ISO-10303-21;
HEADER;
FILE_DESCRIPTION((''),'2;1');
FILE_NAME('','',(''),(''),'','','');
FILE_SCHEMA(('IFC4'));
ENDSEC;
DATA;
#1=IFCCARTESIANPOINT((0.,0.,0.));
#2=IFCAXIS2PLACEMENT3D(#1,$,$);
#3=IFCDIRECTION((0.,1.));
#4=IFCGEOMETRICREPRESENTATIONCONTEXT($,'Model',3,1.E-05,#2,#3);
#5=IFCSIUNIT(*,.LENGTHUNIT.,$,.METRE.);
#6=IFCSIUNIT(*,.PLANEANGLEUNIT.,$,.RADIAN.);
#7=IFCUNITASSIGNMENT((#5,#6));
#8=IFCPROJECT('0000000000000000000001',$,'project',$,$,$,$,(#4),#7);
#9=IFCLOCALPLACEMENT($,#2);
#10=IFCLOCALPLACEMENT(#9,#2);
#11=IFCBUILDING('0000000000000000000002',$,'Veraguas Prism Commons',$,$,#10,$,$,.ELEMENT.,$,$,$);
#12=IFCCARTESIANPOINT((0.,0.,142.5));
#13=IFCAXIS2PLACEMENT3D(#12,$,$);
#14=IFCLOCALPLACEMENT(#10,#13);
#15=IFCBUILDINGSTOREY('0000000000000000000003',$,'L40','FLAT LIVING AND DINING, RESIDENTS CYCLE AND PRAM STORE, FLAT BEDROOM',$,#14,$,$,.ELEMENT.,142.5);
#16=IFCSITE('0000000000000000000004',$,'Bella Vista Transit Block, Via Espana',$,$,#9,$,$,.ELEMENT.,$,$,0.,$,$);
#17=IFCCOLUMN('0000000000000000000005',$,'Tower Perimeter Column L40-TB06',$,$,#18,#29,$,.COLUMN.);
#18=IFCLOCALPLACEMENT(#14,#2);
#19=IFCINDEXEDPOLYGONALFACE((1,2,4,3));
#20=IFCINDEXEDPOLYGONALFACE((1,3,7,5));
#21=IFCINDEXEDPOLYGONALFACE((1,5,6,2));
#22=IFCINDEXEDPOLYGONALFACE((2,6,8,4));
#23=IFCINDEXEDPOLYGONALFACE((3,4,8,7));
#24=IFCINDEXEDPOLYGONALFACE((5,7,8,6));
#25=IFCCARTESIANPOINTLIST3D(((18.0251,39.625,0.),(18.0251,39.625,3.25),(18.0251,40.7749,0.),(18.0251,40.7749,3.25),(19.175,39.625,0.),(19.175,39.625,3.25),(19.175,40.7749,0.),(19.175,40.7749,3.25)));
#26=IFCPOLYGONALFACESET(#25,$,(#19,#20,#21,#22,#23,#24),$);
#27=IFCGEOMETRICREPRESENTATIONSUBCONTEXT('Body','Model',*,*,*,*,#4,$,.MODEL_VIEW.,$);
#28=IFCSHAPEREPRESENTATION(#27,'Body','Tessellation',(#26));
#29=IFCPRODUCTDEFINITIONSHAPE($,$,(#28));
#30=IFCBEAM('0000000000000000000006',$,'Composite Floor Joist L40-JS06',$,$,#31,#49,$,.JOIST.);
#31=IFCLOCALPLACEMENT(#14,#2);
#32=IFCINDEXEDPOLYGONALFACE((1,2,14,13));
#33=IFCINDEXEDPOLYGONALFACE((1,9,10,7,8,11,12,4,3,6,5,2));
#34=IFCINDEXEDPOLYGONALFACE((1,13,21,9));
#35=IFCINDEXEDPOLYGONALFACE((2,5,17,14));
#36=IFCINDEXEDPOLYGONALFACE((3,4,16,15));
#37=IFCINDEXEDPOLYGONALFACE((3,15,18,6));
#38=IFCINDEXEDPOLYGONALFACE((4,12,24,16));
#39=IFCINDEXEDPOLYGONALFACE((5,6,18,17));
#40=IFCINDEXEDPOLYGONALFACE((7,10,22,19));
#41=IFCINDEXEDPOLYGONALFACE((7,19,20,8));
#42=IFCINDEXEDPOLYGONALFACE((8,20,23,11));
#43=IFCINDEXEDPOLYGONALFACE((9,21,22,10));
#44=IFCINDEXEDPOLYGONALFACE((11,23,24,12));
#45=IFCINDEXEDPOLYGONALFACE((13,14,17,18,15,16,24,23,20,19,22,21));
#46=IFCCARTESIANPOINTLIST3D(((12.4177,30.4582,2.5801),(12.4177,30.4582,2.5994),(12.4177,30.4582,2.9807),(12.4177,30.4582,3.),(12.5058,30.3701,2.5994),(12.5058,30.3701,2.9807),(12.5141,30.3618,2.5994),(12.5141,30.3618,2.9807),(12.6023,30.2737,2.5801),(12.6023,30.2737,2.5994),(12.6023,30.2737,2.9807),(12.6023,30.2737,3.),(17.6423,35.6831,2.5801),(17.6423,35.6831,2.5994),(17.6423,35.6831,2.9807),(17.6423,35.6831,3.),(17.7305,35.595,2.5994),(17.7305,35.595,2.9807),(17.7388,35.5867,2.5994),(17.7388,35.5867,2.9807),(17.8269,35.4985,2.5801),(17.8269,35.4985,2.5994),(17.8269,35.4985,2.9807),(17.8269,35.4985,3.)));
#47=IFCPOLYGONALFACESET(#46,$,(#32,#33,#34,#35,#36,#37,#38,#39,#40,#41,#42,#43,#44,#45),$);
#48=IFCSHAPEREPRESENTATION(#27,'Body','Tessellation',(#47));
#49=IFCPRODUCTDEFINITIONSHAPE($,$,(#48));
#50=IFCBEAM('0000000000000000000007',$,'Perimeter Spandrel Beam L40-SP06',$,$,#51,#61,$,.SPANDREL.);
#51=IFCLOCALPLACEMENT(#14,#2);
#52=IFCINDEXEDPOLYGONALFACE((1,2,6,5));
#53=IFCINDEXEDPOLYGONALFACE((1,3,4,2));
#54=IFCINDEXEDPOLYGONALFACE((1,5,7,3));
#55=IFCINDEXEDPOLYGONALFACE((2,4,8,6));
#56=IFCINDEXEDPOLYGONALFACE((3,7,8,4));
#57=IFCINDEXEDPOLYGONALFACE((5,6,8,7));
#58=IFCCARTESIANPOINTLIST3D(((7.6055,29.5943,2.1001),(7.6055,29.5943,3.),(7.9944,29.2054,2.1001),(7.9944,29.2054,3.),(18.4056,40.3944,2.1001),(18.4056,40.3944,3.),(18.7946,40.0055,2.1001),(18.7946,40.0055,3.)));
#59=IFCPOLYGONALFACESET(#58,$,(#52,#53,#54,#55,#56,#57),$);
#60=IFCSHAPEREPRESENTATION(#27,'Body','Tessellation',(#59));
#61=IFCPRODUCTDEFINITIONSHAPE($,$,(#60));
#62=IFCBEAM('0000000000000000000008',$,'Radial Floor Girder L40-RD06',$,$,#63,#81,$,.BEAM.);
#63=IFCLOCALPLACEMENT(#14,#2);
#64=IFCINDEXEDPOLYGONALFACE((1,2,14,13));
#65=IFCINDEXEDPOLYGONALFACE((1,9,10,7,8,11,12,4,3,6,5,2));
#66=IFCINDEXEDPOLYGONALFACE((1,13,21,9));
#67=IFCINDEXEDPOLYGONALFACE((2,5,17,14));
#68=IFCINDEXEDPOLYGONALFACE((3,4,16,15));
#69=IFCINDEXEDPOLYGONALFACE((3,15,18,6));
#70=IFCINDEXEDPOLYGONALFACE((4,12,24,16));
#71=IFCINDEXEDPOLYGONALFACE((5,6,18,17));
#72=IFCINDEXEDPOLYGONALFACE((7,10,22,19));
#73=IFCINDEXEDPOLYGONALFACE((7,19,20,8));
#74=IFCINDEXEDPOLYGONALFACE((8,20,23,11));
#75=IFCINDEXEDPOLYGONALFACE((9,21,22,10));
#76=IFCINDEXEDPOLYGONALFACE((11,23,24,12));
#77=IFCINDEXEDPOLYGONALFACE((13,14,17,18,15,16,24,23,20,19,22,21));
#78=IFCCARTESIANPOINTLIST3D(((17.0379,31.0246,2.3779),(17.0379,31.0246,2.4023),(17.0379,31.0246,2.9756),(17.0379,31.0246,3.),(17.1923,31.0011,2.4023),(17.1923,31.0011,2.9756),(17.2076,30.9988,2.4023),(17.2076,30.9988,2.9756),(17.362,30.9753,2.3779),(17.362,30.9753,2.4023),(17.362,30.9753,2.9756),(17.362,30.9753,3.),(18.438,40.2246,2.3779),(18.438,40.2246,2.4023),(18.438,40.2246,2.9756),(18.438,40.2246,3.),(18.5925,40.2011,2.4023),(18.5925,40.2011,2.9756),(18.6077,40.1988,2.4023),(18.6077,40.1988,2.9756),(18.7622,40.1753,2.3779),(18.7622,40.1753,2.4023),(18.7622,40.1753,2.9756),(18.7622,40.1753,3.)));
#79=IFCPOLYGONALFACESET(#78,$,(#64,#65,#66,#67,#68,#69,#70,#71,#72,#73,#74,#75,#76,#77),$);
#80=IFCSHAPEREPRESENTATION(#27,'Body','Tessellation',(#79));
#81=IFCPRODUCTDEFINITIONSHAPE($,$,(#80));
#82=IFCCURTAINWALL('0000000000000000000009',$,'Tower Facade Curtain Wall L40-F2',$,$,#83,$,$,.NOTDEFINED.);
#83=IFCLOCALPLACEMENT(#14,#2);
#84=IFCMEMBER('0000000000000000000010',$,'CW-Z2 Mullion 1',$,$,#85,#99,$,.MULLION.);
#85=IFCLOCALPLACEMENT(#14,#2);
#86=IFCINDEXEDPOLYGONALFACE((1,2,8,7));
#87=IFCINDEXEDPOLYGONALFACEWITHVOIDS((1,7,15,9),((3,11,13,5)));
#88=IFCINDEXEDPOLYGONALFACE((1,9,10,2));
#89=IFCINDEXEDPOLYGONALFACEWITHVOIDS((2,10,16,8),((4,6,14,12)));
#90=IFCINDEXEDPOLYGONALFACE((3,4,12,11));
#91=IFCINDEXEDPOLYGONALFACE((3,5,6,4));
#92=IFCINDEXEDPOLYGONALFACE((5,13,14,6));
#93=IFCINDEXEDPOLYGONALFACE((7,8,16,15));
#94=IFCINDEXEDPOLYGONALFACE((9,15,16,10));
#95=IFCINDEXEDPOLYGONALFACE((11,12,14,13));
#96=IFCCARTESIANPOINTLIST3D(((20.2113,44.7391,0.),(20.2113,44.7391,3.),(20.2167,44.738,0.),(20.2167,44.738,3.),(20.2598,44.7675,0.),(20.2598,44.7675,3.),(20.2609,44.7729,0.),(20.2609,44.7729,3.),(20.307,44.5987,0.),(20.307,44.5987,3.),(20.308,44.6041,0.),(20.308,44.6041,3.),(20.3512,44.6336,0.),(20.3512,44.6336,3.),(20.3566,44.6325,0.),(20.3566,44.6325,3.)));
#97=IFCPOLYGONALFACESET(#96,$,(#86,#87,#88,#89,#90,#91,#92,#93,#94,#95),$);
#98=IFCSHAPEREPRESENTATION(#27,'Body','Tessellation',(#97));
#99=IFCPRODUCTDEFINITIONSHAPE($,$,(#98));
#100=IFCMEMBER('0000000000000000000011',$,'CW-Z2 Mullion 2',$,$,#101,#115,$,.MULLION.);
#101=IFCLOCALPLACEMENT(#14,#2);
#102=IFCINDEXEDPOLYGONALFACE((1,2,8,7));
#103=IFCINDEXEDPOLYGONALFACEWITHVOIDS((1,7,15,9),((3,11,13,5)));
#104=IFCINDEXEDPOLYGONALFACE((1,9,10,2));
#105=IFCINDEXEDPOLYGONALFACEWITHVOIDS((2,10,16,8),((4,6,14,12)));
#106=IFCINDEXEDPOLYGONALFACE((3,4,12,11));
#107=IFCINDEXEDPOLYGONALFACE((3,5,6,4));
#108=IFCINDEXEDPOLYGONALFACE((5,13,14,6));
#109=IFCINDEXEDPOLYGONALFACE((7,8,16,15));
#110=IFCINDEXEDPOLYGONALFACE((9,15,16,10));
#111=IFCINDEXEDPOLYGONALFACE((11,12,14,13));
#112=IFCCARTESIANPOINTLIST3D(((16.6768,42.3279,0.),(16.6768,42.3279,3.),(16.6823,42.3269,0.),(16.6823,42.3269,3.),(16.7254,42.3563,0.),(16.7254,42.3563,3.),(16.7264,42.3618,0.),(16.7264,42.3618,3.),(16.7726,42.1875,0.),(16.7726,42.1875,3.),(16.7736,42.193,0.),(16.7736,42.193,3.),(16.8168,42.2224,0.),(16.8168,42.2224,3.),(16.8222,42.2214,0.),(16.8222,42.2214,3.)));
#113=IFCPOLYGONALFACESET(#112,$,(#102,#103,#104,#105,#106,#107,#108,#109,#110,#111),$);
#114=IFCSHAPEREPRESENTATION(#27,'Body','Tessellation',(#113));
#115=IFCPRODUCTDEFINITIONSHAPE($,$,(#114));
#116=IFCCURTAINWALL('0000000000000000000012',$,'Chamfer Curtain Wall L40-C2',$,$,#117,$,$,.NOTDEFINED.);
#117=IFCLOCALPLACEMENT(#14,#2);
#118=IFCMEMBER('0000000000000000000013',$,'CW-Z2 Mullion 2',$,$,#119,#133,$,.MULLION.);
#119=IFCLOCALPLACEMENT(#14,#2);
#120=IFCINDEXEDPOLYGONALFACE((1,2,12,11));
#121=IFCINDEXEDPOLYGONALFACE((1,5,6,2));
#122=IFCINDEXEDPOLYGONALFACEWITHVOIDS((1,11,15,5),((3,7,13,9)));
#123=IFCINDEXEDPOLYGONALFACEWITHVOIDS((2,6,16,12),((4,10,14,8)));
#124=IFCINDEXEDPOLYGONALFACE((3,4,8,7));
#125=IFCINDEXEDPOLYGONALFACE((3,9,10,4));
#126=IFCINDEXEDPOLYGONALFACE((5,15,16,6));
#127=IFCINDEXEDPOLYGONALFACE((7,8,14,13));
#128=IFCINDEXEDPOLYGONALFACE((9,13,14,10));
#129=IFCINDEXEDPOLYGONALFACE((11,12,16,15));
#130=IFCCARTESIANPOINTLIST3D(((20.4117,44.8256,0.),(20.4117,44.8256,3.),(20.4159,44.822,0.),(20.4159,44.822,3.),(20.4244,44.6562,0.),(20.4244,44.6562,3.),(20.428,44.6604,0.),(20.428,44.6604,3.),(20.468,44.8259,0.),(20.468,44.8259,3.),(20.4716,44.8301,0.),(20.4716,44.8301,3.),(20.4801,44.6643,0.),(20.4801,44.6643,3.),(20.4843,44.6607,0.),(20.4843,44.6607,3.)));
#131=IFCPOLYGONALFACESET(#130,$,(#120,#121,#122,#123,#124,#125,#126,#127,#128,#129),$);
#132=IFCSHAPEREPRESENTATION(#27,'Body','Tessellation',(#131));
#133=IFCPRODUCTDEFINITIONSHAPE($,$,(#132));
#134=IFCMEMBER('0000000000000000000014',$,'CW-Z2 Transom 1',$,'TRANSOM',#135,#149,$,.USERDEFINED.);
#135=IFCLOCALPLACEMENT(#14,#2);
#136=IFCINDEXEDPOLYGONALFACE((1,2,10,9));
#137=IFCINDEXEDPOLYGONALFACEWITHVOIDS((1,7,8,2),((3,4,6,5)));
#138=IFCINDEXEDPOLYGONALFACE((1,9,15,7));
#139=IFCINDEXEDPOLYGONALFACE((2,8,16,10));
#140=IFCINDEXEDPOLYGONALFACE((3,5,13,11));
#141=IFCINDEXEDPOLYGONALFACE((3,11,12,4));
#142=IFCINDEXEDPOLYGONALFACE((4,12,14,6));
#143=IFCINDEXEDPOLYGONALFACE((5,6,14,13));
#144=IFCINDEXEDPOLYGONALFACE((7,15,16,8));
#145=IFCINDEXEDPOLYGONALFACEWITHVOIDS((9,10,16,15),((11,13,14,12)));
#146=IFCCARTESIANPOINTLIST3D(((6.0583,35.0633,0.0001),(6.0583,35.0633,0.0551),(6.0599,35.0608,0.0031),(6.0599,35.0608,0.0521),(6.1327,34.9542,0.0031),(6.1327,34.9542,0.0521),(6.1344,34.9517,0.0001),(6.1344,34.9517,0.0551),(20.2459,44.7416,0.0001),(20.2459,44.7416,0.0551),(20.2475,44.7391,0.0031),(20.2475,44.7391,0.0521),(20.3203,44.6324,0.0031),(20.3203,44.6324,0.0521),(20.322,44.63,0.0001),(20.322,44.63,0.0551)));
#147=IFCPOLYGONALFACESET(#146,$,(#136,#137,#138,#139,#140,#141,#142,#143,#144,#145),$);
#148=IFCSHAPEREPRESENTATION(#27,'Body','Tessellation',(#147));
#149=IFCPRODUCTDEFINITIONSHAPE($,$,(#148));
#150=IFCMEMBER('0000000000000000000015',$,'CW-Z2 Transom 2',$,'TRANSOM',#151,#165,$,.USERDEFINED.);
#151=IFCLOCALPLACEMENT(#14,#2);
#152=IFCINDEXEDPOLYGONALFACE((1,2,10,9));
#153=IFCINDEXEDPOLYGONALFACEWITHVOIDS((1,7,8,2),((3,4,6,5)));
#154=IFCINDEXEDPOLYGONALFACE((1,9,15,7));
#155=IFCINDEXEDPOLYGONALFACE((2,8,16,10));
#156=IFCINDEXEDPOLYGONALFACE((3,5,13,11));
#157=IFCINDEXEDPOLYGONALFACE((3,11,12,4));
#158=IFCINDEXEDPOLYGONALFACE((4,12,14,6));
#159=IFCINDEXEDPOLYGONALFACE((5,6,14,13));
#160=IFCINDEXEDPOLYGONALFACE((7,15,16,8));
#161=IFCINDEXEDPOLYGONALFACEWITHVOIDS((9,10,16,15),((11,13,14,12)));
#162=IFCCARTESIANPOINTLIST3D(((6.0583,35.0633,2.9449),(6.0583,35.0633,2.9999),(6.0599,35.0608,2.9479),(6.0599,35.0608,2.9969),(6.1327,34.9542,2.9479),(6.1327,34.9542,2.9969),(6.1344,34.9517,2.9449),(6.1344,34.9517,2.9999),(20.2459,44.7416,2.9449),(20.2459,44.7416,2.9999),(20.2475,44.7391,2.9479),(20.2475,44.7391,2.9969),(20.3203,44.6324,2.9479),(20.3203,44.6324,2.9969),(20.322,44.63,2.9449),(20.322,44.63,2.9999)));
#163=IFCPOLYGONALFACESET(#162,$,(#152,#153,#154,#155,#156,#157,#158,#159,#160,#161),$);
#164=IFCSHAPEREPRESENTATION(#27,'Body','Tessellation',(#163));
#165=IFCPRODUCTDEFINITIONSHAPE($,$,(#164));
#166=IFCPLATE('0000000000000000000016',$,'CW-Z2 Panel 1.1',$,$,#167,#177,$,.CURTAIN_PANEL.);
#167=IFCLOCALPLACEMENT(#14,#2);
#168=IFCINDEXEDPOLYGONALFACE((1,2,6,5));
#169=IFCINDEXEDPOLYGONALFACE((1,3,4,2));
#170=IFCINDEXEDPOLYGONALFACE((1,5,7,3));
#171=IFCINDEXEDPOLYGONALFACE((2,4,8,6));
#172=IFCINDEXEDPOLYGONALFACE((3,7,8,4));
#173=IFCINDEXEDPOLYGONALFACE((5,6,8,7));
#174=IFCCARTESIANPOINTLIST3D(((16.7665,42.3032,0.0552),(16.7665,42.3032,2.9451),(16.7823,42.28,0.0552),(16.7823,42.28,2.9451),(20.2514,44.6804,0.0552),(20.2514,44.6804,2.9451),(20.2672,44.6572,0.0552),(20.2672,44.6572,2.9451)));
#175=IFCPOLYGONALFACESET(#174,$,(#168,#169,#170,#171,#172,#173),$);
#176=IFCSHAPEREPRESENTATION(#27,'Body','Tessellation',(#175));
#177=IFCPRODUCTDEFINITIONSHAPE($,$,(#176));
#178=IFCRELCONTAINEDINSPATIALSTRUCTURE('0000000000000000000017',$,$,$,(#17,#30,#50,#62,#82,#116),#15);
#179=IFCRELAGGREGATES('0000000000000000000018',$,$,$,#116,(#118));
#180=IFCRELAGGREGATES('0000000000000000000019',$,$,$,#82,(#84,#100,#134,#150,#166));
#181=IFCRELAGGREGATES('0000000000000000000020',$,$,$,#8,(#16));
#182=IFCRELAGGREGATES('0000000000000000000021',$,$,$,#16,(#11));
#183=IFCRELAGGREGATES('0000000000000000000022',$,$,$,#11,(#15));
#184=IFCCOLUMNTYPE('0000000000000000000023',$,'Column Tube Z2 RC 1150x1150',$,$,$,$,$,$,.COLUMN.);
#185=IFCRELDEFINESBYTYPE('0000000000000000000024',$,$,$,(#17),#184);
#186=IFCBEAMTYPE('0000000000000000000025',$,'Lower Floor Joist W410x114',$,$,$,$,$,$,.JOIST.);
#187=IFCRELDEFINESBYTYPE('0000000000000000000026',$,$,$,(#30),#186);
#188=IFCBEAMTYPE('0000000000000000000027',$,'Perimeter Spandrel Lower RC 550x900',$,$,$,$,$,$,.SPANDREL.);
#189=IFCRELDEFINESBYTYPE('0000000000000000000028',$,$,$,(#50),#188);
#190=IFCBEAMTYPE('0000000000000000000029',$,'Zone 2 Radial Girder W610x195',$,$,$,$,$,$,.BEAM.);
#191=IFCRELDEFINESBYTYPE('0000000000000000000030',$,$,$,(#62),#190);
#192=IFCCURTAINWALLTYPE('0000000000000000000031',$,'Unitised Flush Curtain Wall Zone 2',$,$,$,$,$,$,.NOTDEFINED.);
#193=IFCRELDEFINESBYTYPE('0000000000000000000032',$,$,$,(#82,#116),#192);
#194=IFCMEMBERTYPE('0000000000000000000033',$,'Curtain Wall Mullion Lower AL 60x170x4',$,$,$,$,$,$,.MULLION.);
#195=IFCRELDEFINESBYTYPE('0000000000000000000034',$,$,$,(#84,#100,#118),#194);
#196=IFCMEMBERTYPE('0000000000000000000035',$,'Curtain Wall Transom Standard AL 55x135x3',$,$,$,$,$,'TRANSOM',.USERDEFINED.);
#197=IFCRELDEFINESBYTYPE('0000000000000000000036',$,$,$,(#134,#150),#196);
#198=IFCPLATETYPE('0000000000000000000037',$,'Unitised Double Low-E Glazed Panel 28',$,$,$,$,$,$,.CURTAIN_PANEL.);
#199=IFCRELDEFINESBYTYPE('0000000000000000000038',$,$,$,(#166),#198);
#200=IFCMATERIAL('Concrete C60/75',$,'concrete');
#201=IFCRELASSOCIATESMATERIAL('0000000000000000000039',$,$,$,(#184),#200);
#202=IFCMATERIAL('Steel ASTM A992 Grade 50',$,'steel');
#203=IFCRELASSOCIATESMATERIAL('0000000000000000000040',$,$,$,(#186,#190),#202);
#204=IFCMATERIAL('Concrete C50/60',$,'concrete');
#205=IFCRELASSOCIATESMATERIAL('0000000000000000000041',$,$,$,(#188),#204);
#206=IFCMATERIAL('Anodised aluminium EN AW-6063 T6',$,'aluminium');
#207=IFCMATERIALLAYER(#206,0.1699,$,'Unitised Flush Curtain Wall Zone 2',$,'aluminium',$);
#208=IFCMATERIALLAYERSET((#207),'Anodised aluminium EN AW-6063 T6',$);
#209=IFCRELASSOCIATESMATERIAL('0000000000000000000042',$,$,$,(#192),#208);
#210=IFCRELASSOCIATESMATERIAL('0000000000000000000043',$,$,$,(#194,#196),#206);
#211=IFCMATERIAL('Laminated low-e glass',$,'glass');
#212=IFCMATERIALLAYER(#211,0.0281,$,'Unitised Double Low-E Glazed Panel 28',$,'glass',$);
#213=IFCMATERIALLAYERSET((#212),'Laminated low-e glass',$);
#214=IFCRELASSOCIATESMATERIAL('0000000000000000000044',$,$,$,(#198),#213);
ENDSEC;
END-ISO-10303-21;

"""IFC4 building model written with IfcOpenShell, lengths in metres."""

from ifc_helpers import new_model, si_unit, direction, frame, origin, origin_2d, place, context, subcontext, project, spatial, rectangle, hollow_rectangle, i_section, extrude, source, transform, mapped, material, layer, layer_set, material_profile, profile_set, type_object, element, aggregate, save


model = new_model("IFC4")

# Units and contexts
model_context = context("Model", 3, precision=1e-05, world=origin(), true_north=direction((0.0, 1.0)))
body_context = subcontext(model_context, "Body", "Model", "MODEL_VIEW")
ifc_project = project(units=[si_unit("LENGTHUNIT", "METRE"), si_unit("PLANEANGLEUNIT", "RADIAN")], contexts=[model_context])

# Site, building, storey
site_placement = place(None, origin())
site = spatial("IfcSite", under=ifc_project, at=site_placement, Name="Bella Vista Transit Block, Via Espana", CompositionType="ELEMENT", RefElevation=0.0)
building_placement = place(site_placement, origin())
building = spatial("IfcBuilding", under=site, at=building_placement, Name="Veraguas Prism Commons", CompositionType="ELEMENT")
storey_placement = place(building_placement, frame((0.0, 0.0, 142.5)))
storey = spatial("IfcBuildingStorey", under=building, at=storey_placement, Name="L40", Description="FLAT LIVING AND DINING, RESIDENTS CYCLE AND PRAM STORE, FLAT BEDROOM", CompositionType="ELEMENT", Elevation=142.5)

# Column
ifc_material_1 = material(Name="Concrete C60/75", Category="concrete")
ifc_material_profile_1 = material_profile(ifc_material_1, rectangle(XDim=1.1499, YDim=1.1499, at=origin_2d()), Name="RC1150X1150")
ifc_profile_set_1 = profile_set([ifc_material_profile_1], Name="Concrete C60/75")
column_type = type_object("IfcColumnType", Name="Column Tube Z2 RC 1150x1150", PredefinedType="COLUMN", material=ifc_profile_set_1)
column_placement = place(storey_placement, frame((18.6001, 40.2, 0.0), z_axis=(0.0, 0.0, 1.0), x_axis=(1.0, 0.0, 0.0)))
element("IfcColumn", 1, at=column_placement, inside=storey, type_object=column_type, Name="Tower Perimeter Column L40-TB06", PredefinedType="COLUMN", context=body_context, shape_type="SweptSolid", body=[
    extrude(rectangle(XDim=1.1499, YDim=1.1499, at=origin_2d()), origin(), (0.0, 0.0, 1.0), 3.25),
])

# Beams
ifc_material_2 = material(Name="Steel ASTM A992 Grade 50", Category="steel")
ifc_material_profile_2 = material_profile(ifc_material_2, i_section(OverallWidth=0.261, OverallDepth=0.4199, WebThickness=0.0117, FlangeThickness=0.0193, at=origin_2d()), Name="W410X114")
ifc_profile_set_2 = profile_set([ifc_material_profile_2], Name="Steel ASTM A992 Grade 50")
beam_type_1 = type_object("IfcBeamType", Name="Lower Floor Joist W410x114", PredefinedType="JOIST", material=ifc_profile_set_2)
beam_1_placement = place(storey_placement, frame((17.7346, 35.5908, 2.79), z_axis=(-0.70709, -0.707123, 0.0), x_axis=(0.707123, -0.70709, 0.0)))
element("IfcBeam", 2, at=beam_1_placement, inside=storey, type_object=beam_type_1, Name="Composite Floor Joist L40-JS06", PredefinedType="JOIST", context=body_context, shape_type="SweptSolid", body=[
    extrude(i_section(OverallWidth=0.261, OverallDepth=0.4199, WebThickness=0.0117, FlangeThickness=0.0193, at=origin_2d()), origin(), (0.0, 0.0, 1.0), 7.3889),
])
ifc_material_3 = material(Name="Concrete C50/60", Category="concrete")
ifc_material_profile_3 = material_profile(ifc_material_3, rectangle(XDim=0.55, YDim=0.8999, at=origin_2d()), Name="RC550X900")
ifc_profile_set_3 = profile_set([ifc_material_profile_3], Name="Concrete C50/60")
beam_type_2 = type_object("IfcBeamType", Name="Perimeter Spandrel Lower RC 550x900", PredefinedType="SPANDREL", material=ifc_profile_set_3)
beam_2_placement = place(storey_placement, frame((18.6001, 40.2, 2.55), z_axis=(-0.707107, -0.707107, 0.0), x_axis=(0.707107, -0.707107, 0.0)))
element("IfcBeam", 3, at=beam_2_placement, inside=storey, type_object=beam_type_2, Name="Perimeter Spandrel Beam L40-SP06", PredefinedType="SPANDREL", context=body_context, shape_type="SweptSolid", body=[
    extrude(rectangle(XDim=0.55, YDim=0.8999, at=origin_2d()), origin(), (0.0, 0.0, 1.0), 15.2737),
])
ifc_material_profile_4 = material_profile(ifc_material_2, i_section(OverallWidth=0.3279, OverallDepth=0.6221, WebThickness=0.0154, FlangeThickness=0.0244, at=origin_2d()), Name="W610X195")
ifc_profile_set_4 = profile_set([ifc_material_profile_4], Name="Steel ASTM A992 Grade 50")
beam_type_3 = type_object("IfcBeamType", Name="Zone 2 Radial Girder W610x195", PredefinedType="BEAM", material=ifc_profile_set_4)
beam_3_placement = place(storey_placement, frame((18.6001, 40.2, 2.689), z_axis=(-0.150458, -0.988616, 0.0), x_axis=(0.988616, -0.150458, 0.0)))
element("IfcBeam", 4, at=beam_3_placement, inside=storey, type_object=beam_type_3, Name="Radial Floor Girder L40-RD06", PredefinedType="BEAM", context=body_context, shape_type="SweptSolid", body=[
    extrude(i_section(OverallWidth=0.3279, OverallDepth=0.6221, WebThickness=0.0154, FlangeThickness=0.0244, at=origin_2d()), origin(), (0.0, 0.0, 1.0), 9.3059),
])

# Curtain wall, members
ifc_material_4 = material(Name="Anodised aluminium EN AW-6063 T6", Category="aluminium")
ifc_layer_1 = layer(ifc_material_4, 0.1699, Name="Unitised Flush Curtain Wall Zone 2", Category="aluminium")
ifc_layer_set_1 = layer_set([ifc_layer_1], Name="Anodised aluminium EN AW-6063 T6")
curtain_wall_type = type_object("IfcCurtainWallType", Name="Unitised Flush Curtain Wall Zone 2", PredefinedType="NOTDEFINED", material=ifc_layer_set_1)
curtain_wall_1_placement = place(storey_placement, origin())
curtain_wall_1 = element("IfcCurtainWall", 5, at=curtain_wall_1_placement, inside=storey, type_object=curtain_wall_type, Name="Tower Facade Curtain Wall L40-F2", PredefinedType="NOTDEFINED")
ifc_material_profile_5 = material_profile(ifc_material_4, hollow_rectangle(XDim=0.0601, YDim=0.1699, WallThickness=0.0039, at=origin_2d()), Name="AL60X170X4")
ifc_profile_set_5 = profile_set([ifc_material_profile_5], Name="Anodised aluminium EN AW-6063 T6")
member_type_1 = type_object("IfcMemberType", Name="Curtain Wall Mullion Lower AL 60x170x4", PredefinedType="MULLION", material=ifc_profile_set_5)
shared_shape_1 = source(origin(), body_context, "Body", "SweptSolid", [
    extrude(hollow_rectangle(XDim=0.0601, YDim=0.1699, WallThickness=0.0039, at=origin_2d()), origin(), (0.0, 0.0, 1.0), 3.0),
])
member_1_placement = place(storey_placement, frame((20.2839, 44.6858, 0.0), z_axis=(0.0, 0.0, 1.0), x_axis=(-0.826097, -0.563527, 0.0)))
member_1 = element("IfcMember", 6, at=member_1_placement, type_object=member_type_1, Name="CW-Z2 Mullion 1", PredefinedType="MULLION", context=body_context, shape_type="MappedRepresentation", body=[
    mapped(shared_shape_1, transform((0.0, 0.0, 0.0), scale=1.0)),
])
member_2_placement = place(storey_placement, frame((16.7495, 42.2747, 0.0), z_axis=(0.0, 0.0, 1.0), x_axis=(-0.826097, -0.563527, 0.0)))
member_2 = element("IfcMember", 7, at=member_2_placement, type_object=member_type_1, Name="CW-Z2 Mullion 2", PredefinedType="MULLION", context=body_context, shape_type="MappedRepresentation", body=[
    mapped(shared_shape_1, transform((0.0, 0.0, 0.0), scale=1.0)),
])

# Curtain wall, member
curtain_wall_2_placement = place(storey_placement, origin())
curtain_wall_2 = element("IfcCurtainWall", 8, at=curtain_wall_2_placement, inside=storey, type_object=curtain_wall_type, Name="Chamfer Curtain Wall L40-C2", PredefinedType="NOTDEFINED")
member_3_placement = place(storey_placement, frame((20.448, 44.7432, 0.0), z_axis=(0.0, 0.0, 1.0), x_axis=(-0.997185, -0.074979, 0.0)))
member_3 = element("IfcMember", 9, at=member_3_placement, type_object=member_type_1, Name="CW-Z2 Mullion 2", PredefinedType="MULLION", context=body_context, shape_type="MappedRepresentation", body=[
    mapped(shared_shape_1, transform((0.0, 0.0, 0.0), scale=1.0)),
])
aggregate(curtain_wall_2, [member_3])

# Members
ifc_material_profile_6 = material_profile(ifc_material_4, hollow_rectangle(XDim=0.0549, YDim=0.135, WallThickness=0.0029, at=origin_2d()), Name="AL55X135X3")
ifc_profile_set_6 = profile_set([ifc_material_profile_6], Name="Anodised aluminium EN AW-6063 T6")
member_type_2 = type_object("IfcMemberType", Name="Curtain Wall Transom Standard AL 55x135x3", ElementType="TRANSOM", PredefinedType="USERDEFINED", material=ifc_profile_set_6)
shared_shape_2 = source(origin(), body_context, "Body", "SweptSolid", [
    extrude(hollow_rectangle(XDim=0.0549, YDim=0.135, WallThickness=0.0029, at=origin_2d()), origin(), (0.0, 0.0, 1.0), 17.1743),
])
member_4_placement = place(storey_placement, frame((20.2839, 44.6858, 0.0276), z_axis=(-0.826094, -0.563533, 0.0), x_axis=(0.0, 0.0, 1.0)))
member_4 = element("IfcMember", 10, at=member_4_placement, type_object=member_type_2, Name="CW-Z2 Transom 1", ObjectType="TRANSOM", PredefinedType="USERDEFINED", context=body_context, shape_type="MappedRepresentation", body=[
    mapped(shared_shape_2, transform((0.0, 0.0, 0.0), scale=1.0)),
])
member_5_placement = place(storey_placement, frame((20.2839, 44.6858, 2.9724), z_axis=(-0.826094, -0.563533, 0.0), x_axis=(0.0, 0.0, 1.0)))
member_5 = element("IfcMember", 11, at=member_5_placement, type_object=member_type_2, Name="CW-Z2 Transom 2", ObjectType="TRANSOM", PredefinedType="USERDEFINED", context=body_context, shape_type="MappedRepresentation", body=[
    mapped(shared_shape_2, transform((0.0, 0.0, 0.0), scale=1.0)),
])

# Plate
ifc_material_5 = material(Name="Laminated low-e glass", Category="glass")
ifc_layer_2 = layer(ifc_material_5, 0.0281, Name="Unitised Double Low-E Glazed Panel 28", Category="glass")
ifc_layer_set_2 = layer_set([ifc_layer_2], Name="Laminated low-e glass")
plate_type = type_object("IfcPlateType", Name="Unitised Double Low-E Glazed Panel 28", PredefinedType="CURTAIN_PANEL", material=ifc_layer_set_2)
shared_shape_3 = source(origin(), body_context, "Body", "SweptSolid", [
    extrude(rectangle(XDim=4.2185, YDim=0.0281, at=origin_2d()), origin(), (0.0, 0.0, 1.0), 2.8899),
])
plate_1_placement = place(storey_placement, frame((18.5168, 43.4802, 0.0552), z_axis=(0.0, 0.0, 1.0), x_axis=(-0.826097, -0.563527, 0.0)))
plate_1 = element("IfcPlate", 12, at=plate_1_placement, type_object=plate_type, Name="CW-Z2 Panel 1.1", PredefinedType="CURTAIN_PANEL", context=body_context, shape_type="MappedRepresentation", body=[
    mapped(shared_shape_3, transform((0.0, 0.0, 0.0), scale=1.0)),
])
aggregate(curtain_wall_1, [member_1, member_2, member_4, member_5, plate_1])

save(model, "model.ifc")
